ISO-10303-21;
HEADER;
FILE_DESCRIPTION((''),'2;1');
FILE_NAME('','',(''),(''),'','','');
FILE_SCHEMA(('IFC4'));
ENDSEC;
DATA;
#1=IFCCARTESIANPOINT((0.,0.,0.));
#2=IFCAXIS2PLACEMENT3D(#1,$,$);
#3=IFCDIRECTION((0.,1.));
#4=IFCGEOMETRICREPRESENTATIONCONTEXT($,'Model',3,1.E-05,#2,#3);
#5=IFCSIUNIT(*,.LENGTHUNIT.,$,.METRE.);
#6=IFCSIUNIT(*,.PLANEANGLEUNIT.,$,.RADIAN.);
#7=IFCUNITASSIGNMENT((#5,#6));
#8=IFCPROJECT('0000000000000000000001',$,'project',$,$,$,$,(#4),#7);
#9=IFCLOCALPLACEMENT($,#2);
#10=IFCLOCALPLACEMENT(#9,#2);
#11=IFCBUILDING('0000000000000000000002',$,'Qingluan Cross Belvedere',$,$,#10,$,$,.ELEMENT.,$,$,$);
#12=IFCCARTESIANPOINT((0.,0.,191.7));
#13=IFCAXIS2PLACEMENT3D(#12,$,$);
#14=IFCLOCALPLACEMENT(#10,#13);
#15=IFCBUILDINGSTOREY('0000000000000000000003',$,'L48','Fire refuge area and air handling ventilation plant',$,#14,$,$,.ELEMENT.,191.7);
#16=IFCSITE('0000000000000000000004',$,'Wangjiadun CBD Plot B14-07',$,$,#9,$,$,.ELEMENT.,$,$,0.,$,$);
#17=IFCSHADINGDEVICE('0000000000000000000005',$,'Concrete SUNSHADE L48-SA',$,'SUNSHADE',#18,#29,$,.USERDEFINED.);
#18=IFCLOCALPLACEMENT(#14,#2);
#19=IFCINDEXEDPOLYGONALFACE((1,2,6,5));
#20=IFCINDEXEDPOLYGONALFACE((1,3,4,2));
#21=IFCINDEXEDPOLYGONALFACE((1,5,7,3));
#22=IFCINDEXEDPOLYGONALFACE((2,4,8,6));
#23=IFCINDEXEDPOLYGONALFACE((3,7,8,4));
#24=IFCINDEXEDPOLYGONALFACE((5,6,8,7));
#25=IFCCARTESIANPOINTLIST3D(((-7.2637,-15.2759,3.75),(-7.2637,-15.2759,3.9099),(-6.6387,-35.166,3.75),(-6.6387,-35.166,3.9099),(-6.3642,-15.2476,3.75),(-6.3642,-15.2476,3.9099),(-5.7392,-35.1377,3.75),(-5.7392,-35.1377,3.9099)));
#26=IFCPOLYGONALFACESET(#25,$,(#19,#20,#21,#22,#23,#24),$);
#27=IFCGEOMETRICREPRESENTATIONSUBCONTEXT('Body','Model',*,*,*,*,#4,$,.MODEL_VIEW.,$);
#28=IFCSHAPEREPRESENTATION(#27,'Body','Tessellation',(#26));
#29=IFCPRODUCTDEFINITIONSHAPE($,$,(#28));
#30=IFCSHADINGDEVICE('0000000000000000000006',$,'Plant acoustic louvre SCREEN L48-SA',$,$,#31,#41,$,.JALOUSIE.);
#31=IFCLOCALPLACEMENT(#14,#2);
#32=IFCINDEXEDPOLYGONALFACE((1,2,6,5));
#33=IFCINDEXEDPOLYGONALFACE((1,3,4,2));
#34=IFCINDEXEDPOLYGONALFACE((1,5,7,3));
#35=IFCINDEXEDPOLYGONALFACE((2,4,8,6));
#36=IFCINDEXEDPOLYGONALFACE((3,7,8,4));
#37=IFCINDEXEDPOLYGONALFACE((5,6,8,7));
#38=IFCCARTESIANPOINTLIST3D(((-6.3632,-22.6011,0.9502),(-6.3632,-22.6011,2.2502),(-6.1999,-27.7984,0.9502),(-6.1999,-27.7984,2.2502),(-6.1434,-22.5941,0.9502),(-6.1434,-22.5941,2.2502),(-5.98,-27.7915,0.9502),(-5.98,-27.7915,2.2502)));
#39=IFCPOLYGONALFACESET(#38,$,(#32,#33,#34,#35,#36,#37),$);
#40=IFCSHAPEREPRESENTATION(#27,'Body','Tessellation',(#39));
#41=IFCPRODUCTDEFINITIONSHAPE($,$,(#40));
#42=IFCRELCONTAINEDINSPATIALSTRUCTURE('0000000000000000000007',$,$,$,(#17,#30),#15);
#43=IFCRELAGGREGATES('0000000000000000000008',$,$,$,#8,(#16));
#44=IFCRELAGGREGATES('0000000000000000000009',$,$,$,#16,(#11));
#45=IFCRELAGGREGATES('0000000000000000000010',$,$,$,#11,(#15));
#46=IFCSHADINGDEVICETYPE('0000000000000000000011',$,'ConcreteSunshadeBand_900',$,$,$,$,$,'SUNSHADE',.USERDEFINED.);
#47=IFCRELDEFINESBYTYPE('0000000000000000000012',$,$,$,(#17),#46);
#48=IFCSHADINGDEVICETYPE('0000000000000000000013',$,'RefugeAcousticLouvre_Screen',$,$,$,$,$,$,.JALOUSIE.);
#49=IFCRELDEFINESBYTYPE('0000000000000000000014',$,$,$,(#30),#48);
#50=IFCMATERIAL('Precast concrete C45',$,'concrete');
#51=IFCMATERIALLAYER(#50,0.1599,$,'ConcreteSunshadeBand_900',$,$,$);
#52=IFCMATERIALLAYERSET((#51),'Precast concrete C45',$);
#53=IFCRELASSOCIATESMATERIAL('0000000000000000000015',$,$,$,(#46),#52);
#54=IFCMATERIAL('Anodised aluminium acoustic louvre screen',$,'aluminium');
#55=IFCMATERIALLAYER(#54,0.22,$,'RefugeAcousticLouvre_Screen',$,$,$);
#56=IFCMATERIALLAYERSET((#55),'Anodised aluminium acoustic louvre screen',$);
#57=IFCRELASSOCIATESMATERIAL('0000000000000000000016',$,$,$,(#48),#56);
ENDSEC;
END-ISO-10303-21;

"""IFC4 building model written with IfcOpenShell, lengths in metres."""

from ifc_helpers import new_model, si_unit, direction, frame, origin, origin_2d, place, context, subcontext, project, spatial, rectangle, extrude, material, layer, layer_set, type_object, element, save


model = new_model("IFC4")

# Units and contexts
model_context = context("Model", 3, precision=1e-05, world=origin(), true_north=direction((0.0, 1.0)))
body_context = subcontext(model_context, "Body", "Model", "MODEL_VIEW")
ifc_project = project(units=[si_unit("LENGTHUNIT", "METRE"), si_unit("PLANEANGLEUNIT", "RADIAN")], contexts=[model_context])

# Site, building, storey
site_placement = place(None, origin())
site = spatial("IfcSite", under=ifc_project, at=site_placement, Name="Wangjiadun CBD Plot B14-07", CompositionType="ELEMENT", RefElevation=0.0)
building_placement = place(site_placement, origin())
building = spatial("IfcBuilding", under=site, at=building_placement, Name="Qingluan Cross Belvedere", CompositionType="ELEMENT")
storey_placement = place(building_placement, frame((0.0, 0.0, 191.7)))
storey = spatial("IfcBuildingStorey", under=building, at=storey_placement, Name="L48", Description="Fire refuge area and air handling ventilation plant", CompositionType="ELEMENT", Elevation=191.7)

# Shading devices
ifc_material_1 = material(Name="Precast concrete C45", Category="concrete")
ifc_layer_1 = layer(ifc_material_1, 0.1599, Name="ConcreteSunshadeBand_900")
ifc_layer_set_1 = layer_set([ifc_layer_1], Name="Precast concrete C45")
shading_device_type_1 = type_object("IfcShadingDeviceType", Name="ConcreteSunshadeBand_900", ElementType="SUNSHADE", PredefinedType="USERDEFINED", material=ifc_layer_set_1)
shading_device_1_placement = place(storey_placement, frame((-6.5015, -25.2068, 3.75), z_axis=(0.0, 0.0, 1.0), x_axis=(0.031408, -0.999507, 0.0)))
element("IfcShadingDevice", 1, at=shading_device_1_placement, inside=storey, type_object=shading_device_type_1, Name="Concrete SUNSHADE L48-SA", ObjectType="SUNSHADE", PredefinedType="USERDEFINED", context=body_context, shape_type="SweptSolid", body=[
    extrude(rectangle(XDim=19.8999, YDim=0.8999, at=origin_2d()), origin(), (0.0, 0.0, 1.0), 0.1599),
])
ifc_material_2 = material(Name="Anodised aluminium acoustic louvre screen", Category="aluminium")
ifc_layer_2 = layer(ifc_material_2, 0.22, Name="RefugeAcousticLouvre_Screen")
ifc_layer_set_2 = layer_set([ifc_layer_2], Name="Anodised aluminium acoustic louvre screen")
shading_device_type_2 = type_object("IfcShadingDeviceType", Name="RefugeAcousticLouvre_Screen", PredefinedType="JALOUSIE", material=ifc_layer_set_2)
shading_device_2_placement = place(storey_placement, frame((-6.1716, -25.1963, 0.9502), z_axis=(0.0, 0.0, 1.0), x_axis=(0.031408, -0.999507, 0.0)))
element("IfcShadingDevice", 2, at=shading_device_2_placement, inside=storey, type_object=shading_device_type_2, Name="Plant acoustic louvre SCREEN L48-SA", PredefinedType="JALOUSIE", context=body_context, shape_type="SweptSolid", body=[
    extrude(rectangle(XDim=5.2, YDim=0.22, at=origin_2d()), origin(), (0.0, 0.0, 1.0), 1.3),
])

save(model, "model.ifc")
